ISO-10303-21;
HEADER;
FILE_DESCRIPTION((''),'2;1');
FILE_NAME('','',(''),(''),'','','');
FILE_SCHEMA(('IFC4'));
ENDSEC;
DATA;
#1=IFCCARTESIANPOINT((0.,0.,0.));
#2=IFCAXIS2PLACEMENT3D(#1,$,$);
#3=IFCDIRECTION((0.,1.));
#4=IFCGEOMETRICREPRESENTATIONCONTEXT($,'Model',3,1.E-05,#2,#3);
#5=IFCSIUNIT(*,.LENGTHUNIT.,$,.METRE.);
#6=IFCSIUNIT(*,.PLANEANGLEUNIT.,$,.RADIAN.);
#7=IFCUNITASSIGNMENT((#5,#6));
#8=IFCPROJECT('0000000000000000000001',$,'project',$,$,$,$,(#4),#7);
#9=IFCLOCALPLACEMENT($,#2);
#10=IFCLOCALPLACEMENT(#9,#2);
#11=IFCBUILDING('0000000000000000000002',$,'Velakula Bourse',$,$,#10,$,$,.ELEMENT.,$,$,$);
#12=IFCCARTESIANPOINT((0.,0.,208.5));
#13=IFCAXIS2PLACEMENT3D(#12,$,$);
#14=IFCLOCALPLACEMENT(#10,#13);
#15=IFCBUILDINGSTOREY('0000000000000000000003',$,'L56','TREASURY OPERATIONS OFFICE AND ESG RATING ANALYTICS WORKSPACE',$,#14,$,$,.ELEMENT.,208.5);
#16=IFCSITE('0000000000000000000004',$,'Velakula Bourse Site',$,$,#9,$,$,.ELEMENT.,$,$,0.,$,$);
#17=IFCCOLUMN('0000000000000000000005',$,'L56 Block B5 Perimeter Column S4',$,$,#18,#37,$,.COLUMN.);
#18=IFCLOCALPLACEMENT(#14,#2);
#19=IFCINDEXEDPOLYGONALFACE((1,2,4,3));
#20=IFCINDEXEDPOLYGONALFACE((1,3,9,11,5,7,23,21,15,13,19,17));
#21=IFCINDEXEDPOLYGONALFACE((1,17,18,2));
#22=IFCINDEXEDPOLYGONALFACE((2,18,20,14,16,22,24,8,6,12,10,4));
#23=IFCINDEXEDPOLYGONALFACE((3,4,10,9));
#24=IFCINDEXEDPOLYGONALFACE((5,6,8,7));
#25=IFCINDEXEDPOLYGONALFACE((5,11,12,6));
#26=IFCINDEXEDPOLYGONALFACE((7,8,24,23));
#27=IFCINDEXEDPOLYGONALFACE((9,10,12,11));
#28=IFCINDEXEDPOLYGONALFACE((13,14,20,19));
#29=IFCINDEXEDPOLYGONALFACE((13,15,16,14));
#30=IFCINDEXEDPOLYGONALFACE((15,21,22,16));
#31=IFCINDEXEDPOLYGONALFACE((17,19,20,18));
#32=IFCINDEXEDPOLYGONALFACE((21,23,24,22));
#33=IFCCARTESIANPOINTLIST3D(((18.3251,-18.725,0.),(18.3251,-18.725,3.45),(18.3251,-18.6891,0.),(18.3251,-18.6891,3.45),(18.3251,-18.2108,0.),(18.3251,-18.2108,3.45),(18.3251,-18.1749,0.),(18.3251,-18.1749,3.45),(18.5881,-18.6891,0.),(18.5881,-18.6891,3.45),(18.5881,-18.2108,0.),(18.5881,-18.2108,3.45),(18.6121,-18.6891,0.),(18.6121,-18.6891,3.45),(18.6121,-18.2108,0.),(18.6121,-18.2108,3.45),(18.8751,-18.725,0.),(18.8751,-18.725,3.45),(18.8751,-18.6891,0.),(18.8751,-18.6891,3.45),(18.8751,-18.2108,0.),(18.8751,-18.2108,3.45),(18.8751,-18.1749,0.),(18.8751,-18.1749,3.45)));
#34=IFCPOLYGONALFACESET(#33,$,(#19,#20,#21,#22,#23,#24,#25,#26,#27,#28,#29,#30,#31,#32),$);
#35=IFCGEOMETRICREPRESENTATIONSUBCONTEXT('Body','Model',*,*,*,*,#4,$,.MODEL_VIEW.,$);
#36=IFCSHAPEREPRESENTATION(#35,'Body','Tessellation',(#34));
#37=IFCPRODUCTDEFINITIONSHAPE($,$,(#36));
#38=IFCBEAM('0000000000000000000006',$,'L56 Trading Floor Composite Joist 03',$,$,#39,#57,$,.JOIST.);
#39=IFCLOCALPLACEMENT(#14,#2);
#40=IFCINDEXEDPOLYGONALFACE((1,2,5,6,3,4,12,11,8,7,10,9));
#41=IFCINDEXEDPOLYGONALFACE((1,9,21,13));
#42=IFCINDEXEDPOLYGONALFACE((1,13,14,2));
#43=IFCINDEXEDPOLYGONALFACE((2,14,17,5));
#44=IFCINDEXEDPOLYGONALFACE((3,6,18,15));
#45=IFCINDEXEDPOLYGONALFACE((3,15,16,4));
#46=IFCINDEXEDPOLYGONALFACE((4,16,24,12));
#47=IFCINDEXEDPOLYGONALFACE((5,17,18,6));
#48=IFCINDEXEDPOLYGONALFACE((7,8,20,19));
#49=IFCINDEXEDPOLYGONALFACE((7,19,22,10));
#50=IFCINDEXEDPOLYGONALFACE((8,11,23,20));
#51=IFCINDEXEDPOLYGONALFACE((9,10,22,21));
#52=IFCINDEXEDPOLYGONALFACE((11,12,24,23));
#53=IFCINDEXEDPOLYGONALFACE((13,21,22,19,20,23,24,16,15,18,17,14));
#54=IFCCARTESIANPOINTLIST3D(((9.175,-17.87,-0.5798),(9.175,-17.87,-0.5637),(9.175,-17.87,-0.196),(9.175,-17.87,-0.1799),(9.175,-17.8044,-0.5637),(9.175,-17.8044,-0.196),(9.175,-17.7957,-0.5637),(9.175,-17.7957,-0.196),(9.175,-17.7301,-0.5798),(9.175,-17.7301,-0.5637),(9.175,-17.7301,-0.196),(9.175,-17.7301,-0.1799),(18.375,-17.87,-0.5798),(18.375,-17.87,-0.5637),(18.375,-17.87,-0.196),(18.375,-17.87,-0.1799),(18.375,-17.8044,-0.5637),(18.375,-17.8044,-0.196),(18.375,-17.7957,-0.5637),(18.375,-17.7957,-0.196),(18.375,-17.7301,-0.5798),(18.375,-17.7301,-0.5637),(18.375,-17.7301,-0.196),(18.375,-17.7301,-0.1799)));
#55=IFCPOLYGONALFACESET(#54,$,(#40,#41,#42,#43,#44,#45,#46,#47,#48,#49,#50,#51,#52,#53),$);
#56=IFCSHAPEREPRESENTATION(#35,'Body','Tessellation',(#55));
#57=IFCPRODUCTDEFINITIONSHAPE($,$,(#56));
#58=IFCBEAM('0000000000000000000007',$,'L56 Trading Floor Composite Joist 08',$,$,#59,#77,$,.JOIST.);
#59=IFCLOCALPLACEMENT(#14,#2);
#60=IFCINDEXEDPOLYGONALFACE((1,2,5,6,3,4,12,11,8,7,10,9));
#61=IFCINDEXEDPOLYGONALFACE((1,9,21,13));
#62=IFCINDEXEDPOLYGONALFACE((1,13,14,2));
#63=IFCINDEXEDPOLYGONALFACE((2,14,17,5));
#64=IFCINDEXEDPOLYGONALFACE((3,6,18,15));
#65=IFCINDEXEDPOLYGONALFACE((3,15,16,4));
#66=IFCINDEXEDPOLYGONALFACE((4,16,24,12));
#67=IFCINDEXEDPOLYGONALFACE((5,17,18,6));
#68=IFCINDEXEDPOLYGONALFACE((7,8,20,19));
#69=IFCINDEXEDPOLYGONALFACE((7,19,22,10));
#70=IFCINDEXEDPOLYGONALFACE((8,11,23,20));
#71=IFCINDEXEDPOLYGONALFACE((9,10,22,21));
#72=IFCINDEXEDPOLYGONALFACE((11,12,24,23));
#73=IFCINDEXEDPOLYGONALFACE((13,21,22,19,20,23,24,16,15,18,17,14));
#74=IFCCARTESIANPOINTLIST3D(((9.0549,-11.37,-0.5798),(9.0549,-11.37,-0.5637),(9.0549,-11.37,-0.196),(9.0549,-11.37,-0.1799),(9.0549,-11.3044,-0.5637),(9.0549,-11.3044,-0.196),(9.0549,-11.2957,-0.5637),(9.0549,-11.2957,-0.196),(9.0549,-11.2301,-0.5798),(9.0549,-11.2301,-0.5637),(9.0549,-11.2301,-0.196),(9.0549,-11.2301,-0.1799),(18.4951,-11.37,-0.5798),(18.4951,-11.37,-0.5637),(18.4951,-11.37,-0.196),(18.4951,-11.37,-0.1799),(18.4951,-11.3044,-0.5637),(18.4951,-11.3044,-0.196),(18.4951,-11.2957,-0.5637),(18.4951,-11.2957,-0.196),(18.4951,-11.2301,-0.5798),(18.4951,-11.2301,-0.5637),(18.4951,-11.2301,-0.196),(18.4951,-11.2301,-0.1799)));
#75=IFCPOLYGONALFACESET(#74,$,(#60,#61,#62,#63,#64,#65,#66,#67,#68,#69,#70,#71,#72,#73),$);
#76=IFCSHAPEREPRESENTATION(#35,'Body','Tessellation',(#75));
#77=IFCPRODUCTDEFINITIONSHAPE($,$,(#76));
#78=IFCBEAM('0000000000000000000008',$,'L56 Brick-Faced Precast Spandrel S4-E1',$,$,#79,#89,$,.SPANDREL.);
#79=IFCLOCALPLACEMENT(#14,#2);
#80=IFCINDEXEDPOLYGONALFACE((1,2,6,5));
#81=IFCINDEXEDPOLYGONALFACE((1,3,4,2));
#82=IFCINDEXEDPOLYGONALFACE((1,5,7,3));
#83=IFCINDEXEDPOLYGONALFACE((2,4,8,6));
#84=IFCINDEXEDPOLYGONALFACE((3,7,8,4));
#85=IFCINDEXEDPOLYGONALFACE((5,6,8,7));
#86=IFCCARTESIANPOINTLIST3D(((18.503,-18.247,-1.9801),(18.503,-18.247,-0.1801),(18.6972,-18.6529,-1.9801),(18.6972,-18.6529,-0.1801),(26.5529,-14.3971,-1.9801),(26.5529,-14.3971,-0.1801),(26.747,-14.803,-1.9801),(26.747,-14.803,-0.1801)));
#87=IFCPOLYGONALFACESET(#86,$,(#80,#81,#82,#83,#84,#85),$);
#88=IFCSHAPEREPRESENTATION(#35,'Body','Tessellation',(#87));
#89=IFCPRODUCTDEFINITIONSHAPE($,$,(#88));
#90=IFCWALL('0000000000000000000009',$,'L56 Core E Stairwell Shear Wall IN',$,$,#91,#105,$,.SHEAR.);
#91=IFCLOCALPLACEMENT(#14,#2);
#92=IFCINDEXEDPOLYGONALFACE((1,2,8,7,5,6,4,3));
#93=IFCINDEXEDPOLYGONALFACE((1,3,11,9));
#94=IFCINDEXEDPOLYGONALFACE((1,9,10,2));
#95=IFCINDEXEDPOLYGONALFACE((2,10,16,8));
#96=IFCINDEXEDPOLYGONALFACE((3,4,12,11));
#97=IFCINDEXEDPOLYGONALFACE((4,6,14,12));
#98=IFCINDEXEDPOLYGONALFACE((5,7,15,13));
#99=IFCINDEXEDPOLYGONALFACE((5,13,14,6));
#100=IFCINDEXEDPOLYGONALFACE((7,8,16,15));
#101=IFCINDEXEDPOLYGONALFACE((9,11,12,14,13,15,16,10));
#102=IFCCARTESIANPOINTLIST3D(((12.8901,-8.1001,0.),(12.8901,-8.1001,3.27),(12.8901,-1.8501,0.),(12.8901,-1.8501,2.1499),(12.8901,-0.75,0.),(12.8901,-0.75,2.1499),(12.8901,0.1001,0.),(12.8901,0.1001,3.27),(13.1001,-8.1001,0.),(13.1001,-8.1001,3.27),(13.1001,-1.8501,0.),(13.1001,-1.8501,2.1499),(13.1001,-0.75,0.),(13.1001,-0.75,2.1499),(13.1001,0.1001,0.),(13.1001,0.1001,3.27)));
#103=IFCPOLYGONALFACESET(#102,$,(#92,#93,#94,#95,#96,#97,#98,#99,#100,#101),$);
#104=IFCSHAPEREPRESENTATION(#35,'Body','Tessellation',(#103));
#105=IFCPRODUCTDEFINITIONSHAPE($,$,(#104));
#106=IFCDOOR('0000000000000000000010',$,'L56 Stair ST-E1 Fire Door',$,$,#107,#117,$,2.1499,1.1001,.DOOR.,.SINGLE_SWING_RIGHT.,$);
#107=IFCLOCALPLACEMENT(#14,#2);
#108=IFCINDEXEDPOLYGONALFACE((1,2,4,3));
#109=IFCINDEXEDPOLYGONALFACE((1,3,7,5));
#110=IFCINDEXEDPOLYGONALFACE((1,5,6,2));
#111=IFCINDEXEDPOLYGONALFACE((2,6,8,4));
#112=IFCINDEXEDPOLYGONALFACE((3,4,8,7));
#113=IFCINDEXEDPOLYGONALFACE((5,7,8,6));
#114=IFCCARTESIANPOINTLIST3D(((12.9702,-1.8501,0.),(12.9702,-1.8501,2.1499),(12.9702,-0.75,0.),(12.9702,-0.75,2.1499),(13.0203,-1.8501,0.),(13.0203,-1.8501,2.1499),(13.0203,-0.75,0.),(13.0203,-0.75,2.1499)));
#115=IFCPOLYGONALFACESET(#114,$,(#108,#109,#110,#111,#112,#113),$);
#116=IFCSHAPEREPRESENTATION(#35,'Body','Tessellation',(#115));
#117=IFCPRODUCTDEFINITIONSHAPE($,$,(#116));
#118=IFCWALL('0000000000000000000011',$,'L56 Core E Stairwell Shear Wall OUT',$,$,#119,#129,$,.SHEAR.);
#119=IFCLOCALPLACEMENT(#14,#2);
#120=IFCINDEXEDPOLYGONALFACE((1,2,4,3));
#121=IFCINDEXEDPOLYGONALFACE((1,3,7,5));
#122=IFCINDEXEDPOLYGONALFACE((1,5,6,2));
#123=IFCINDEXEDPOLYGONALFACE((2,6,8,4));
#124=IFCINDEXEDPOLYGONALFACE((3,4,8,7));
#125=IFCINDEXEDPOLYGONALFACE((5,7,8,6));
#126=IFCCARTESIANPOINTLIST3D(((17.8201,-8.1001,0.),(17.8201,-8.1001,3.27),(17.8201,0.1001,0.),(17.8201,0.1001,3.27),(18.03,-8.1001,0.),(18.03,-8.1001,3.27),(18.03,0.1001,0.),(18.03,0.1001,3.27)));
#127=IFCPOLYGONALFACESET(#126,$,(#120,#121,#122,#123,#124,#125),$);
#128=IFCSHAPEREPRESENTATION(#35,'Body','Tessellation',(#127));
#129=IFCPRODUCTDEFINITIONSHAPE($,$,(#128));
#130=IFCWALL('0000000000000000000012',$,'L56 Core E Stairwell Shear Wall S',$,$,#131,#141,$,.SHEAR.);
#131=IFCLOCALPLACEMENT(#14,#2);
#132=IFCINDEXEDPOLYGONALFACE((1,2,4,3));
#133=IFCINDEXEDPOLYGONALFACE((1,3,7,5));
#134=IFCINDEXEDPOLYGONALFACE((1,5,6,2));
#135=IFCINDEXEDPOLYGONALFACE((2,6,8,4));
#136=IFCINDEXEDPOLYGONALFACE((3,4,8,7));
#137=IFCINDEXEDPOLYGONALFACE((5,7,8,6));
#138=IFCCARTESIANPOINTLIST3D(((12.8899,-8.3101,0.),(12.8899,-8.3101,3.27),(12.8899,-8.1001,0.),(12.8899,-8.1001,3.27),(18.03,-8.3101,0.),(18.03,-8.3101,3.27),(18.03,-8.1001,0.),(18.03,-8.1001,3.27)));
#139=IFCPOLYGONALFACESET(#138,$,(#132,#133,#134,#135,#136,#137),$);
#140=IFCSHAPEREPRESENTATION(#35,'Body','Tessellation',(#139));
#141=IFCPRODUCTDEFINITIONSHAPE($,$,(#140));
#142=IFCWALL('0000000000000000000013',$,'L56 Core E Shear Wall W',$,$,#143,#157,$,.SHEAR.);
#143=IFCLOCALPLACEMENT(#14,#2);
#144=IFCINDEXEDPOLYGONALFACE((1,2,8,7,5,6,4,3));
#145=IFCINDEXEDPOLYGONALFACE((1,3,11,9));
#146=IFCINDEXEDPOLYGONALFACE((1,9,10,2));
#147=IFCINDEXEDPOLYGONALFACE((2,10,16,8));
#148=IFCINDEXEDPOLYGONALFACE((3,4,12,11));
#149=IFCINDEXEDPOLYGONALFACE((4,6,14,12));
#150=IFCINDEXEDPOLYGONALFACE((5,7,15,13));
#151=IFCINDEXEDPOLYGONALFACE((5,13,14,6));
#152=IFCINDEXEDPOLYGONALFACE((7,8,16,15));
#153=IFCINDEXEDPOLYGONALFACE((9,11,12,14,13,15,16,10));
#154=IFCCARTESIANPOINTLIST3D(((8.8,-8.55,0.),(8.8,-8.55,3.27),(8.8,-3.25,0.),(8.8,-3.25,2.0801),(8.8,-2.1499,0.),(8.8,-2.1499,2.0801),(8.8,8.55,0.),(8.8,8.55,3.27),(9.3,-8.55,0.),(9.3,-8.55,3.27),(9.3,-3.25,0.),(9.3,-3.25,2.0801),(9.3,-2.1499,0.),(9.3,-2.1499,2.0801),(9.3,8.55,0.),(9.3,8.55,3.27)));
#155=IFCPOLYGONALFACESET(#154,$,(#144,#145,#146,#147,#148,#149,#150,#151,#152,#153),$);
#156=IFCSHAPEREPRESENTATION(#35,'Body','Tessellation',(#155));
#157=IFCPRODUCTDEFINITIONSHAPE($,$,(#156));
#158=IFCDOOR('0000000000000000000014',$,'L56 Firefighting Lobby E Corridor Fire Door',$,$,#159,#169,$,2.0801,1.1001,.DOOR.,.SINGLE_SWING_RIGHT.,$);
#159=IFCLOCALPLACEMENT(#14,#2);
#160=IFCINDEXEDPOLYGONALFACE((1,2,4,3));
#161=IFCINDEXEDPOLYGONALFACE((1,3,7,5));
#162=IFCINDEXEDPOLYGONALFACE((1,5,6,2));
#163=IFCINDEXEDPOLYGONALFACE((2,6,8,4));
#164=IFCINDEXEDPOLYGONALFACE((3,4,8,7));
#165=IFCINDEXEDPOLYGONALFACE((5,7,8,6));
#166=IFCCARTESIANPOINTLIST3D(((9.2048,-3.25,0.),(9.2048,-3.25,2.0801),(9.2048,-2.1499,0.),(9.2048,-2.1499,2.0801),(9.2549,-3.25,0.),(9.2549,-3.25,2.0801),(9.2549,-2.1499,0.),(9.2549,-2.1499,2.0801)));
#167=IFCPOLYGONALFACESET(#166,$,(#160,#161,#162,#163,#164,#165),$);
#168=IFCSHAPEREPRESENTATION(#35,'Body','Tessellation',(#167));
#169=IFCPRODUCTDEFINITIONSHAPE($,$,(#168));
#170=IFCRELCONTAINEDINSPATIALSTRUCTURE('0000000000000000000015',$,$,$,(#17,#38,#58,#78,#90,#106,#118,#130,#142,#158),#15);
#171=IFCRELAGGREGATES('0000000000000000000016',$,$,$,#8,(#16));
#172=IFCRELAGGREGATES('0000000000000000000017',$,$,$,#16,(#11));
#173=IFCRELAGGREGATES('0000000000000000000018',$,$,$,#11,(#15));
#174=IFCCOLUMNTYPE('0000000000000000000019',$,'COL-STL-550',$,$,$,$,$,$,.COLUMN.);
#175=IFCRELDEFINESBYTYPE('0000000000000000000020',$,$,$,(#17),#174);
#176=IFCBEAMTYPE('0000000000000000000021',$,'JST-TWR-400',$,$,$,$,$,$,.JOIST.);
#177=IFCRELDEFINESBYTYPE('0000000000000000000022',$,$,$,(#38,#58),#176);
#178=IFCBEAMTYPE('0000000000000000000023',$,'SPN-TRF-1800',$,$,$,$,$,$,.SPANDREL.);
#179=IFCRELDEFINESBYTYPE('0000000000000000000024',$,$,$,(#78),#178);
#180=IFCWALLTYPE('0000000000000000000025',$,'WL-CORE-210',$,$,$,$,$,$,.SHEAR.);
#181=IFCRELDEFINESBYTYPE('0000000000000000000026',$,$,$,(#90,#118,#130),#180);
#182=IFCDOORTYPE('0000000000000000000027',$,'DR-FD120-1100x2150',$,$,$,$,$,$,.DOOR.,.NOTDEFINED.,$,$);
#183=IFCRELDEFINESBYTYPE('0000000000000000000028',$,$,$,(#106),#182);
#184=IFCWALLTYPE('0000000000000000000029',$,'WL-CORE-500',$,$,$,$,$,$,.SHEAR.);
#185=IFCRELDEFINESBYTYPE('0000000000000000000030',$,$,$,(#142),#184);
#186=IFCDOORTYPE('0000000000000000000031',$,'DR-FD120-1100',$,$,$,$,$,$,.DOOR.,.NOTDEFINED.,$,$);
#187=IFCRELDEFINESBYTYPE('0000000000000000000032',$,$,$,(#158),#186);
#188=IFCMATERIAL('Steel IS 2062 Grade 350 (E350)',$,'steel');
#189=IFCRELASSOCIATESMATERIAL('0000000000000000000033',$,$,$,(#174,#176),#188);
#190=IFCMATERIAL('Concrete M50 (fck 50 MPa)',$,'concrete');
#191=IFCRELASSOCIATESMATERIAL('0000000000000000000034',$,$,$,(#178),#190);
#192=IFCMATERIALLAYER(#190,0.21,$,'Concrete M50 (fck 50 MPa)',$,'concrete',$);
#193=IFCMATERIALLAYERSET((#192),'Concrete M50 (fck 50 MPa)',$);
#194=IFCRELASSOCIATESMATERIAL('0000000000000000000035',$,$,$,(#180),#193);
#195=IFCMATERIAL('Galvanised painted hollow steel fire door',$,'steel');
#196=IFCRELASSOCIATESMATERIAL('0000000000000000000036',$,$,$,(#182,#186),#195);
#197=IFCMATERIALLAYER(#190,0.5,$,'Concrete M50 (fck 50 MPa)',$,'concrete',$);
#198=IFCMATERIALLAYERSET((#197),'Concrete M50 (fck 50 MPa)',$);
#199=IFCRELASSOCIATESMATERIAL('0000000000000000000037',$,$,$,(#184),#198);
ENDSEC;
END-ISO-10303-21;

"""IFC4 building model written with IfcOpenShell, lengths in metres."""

from ifc_helpers import new_model, si_unit, direction, frame, frame_2d, origin, origin_2d, place, context, subcontext, project, spatial, rectangle, i_section, extrude, material, layer, layer_set, material_profile, profile_set, type_object, element, fill, save


model = new_model("IFC4")

# Units and contexts
model_context = context("Model", 3, precision=1e-05, world=origin(), true_north=direction((0.0, 1.0)))
body_context = subcontext(model_context, "Body", "Model", "MODEL_VIEW")
ifc_project = project(units=[si_unit("LENGTHUNIT", "METRE"), si_unit("PLANEANGLEUNIT", "RADIAN")], contexts=[model_context])

# Site, building, storey
site_placement = place(None, origin())
site = spatial("IfcSite", under=ifc_project, at=site_placement, Name="Velakula Bourse Site", CompositionType="ELEMENT", RefElevation=0.0)
building_placement = place(site_placement, origin())
building = spatial("IfcBuilding", under=site, at=building_placement, Name="Velakula Bourse", CompositionType="ELEMENT")
storey_placement = place(building_placement, frame((0.0, 0.0, 208.5)))
storey = spatial("IfcBuildingStorey", under=building, at=storey_placement, Name="L56", Description="TREASURY OPERATIONS OFFICE AND ESG RATING ANALYTICS WORKSPACE", CompositionType="ELEMENT", Elevation=208.5)

# Column
ifc_material_1 = material(Name="Steel IS 2062 Grade 350 (E350)", Category="steel")
ifc_material_profile_1 = material_profile(ifc_material_1, i_section(OverallWidth=0.55, OverallDepth=0.55, WebThickness=0.0239, FlangeThickness=0.0359, at=origin_2d()), Name="Steel IS 2062 Grade 350 (E350)")
ifc_profile_set_1 = profile_set([ifc_material_profile_1], Name="Steel IS 2062 Grade 350 (E350)")
column_type = type_object("IfcColumnType", Name="COL-STL-550", PredefinedType="COLUMN", material=ifc_profile_set_1)
column_placement = place(storey_placement, frame((18.6001, -18.45, 0.0), z_axis=(0.0, 0.0, 1.0), x_axis=(1.0, 0.0, 0.0)))
element("IfcColumn", 1, at=column_placement, inside=storey, type_object=column_type, Name="L56 Block B5 Perimeter Column S4", PredefinedType="COLUMN", context=body_context, shape_type="SweptSolid", body=[
    extrude(i_section(OverallWidth=0.55, OverallDepth=0.55, WebThickness=0.0239, FlangeThickness=0.0359, at=origin_2d()), origin(), (0.0, 0.0, 1.0), 3.45),
])

# Beams
ifc_material_profile_2 = material_profile(ifc_material_1, i_section(OverallWidth=0.1399, OverallDepth=0.3999, WebThickness=0.0088, FlangeThickness=0.0161, at=origin_2d()), Name="Steel IS 2062 Grade 350 (E350)")
ifc_profile_set_2 = profile_set([ifc_material_profile_2], Name="Steel IS 2062 Grade 350 (E350)")
beam_type_1 = type_object("IfcBeamType", Name="JST-TWR-400", PredefinedType="JOIST", material=ifc_profile_set_2)
beam_1_placement = place(storey_placement, frame((9.175, -17.8, -0.3799), z_axis=(1.0, 0.0, 0.0), x_axis=(0.0, 1.0, 0.0)))
element("IfcBeam", 2, at=beam_1_placement, inside=storey, type_object=beam_type_1, Name="L56 Trading Floor Composite Joist 03", PredefinedType="JOIST", context=body_context, shape_type="SweptSolid", body=[
    extrude(i_section(OverallWidth=0.1399, OverallDepth=0.3999, WebThickness=0.0088, FlangeThickness=0.0161, at=origin_2d()), origin(), (0.0, 0.0, 1.0), 9.2),
])
beam_2_placement = place(storey_placement, frame((9.0549, -11.3, -0.3799), z_axis=(1.0, 0.0, 0.0), x_axis=(0.0, 1.0, 0.0)))
element("IfcBeam", 3, at=beam_2_placement, inside=storey, type_object=beam_type_1, Name="L56 Trading Floor Composite Joist 08", PredefinedType="JOIST", context=body_context, shape_type="SweptSolid", body=[
    extrude(i_section(OverallWidth=0.1399, OverallDepth=0.3999, WebThickness=0.0088, FlangeThickness=0.0161, at=origin_2d()), origin(), (0.0, 0.0, 1.0), 9.4402),
])
ifc_material_2 = material(Name="Concrete M50 (fck 50 MPa)", Category="concrete")
ifc_material_profile_3 = material_profile(ifc_material_2, rectangle(XDim=0.45, YDim=1.8, at=origin_2d()), Name="Concrete M50 (fck 50 MPa)")
ifc_profile_set_3 = profile_set([ifc_material_profile_3], Name="Concrete M50 (fck 50 MPa)")
beam_type_2 = type_object("IfcBeamType", Name="SPN-TRF-1800", PredefinedType="SPANDREL", material=ifc_profile_set_3)
beam_3_placement = place(storey_placement, frame((18.6001, -18.45, -1.0801), z_axis=(0.902137, 0.431451, 0.0), x_axis=(-0.431451, 0.902137, 0.0)))
element("IfcBeam", 4, at=beam_3_placement, inside=storey, type_object=beam_type_2, Name="L56 Brick-Faced Precast Spandrel S4-E1", PredefinedType="SPANDREL", context=body_context, shape_type="SweptSolid", body=[
    extrude(rectangle(XDim=0.45, YDim=1.8, at=origin_2d()), origin(), (0.0, 0.0, 1.0), 8.9231),
])

# Wall, opening, door
ifc_layer_1 = layer(ifc_material_2, 0.21, Name="Concrete M50 (fck 50 MPa)", Category="concrete")
ifc_layer_set_1 = layer_set([ifc_layer_1], Name="Concrete M50 (fck 50 MPa)")
wall_type_1 = type_object("IfcWallType", Name="WL-CORE-210", PredefinedType="SHEAR", material=ifc_layer_set_1)
wall_1_placement = place(storey_placement, frame((12.9951, -8.1001, 0.0), z_axis=(0.0, 0.0, 1.0), x_axis=(0.0, 1.0, 0.0)))
wall_1 = element("IfcWall", 5, at=wall_1_placement, inside=storey, type_object=wall_type_1, Name="L56 Core E Stairwell Shear Wall IN", PredefinedType="SHEAR", context=body_context, shape_type="SweptSolid", body=[
    extrude(rectangle(XDim=8.2002, YDim=0.21, at=frame_2d((4.1001, 0.0))), origin(), (0.0, 0.0, 1.0), 3.27),
])
opening_1_placement = place(wall_1_placement, frame((6.25, 0.0, 0.0)))
opening_1 = element("IfcOpeningElement", 6, at=opening_1_placement, cuts=wall_1, PredefinedType="OPENING", context=body_context, shape_type="SweptSolid", body=[
    extrude(rectangle(XDim=1.1001, YDim=2.1499, at=frame_2d((0.55, 1.075))), frame((0.0, 0.115, 0.0), z_axis=(0.0, -1.0, 0.0), x_axis=(1.0, 0.0, 0.0)), (0.0, 0.0, 1.0), 0.23),
])
ifc_material_3 = material(Name="Galvanised painted hollow steel fire door", Category="steel")
door_type_1 = type_object("IfcDoorType", Name="DR-FD120-1100x2150", OperationType="NOTDEFINED", PredefinedType="DOOR", material=ifc_material_3)
door_1_placement = place(opening_1_placement, origin())
door_1 = element("IfcDoor", 7, at=door_1_placement, inside=storey, type_object=door_type_1, Name="L56 Stair ST-E1 Fire Door", OperationType="SINGLE_SWING_RIGHT", OverallHeight=2.1499, OverallWidth=1.1001, PredefinedType="DOOR", context=body_context, shape_type="SweptSolid", body=[
    extrude(rectangle(XDim=1.1001, YDim=2.1499, at=frame_2d((0.55, 1.075))), frame((0.0, 0.0249, 0.0), z_axis=(0.0, -1.0, 0.0), x_axis=(1.0, 0.0, 0.0)), (0.0, 0.0, 1.0), 0.05),
])
fill(opening_1, door_1)

# Walls
wall_2_placement = place(storey_placement, frame((17.925, -8.1001, 0.0), z_axis=(0.0, 0.0, 1.0), x_axis=(0.0, 1.0, 0.0)))
element("IfcWall", 8, at=wall_2_placement, inside=storey, type_object=wall_type_1, Name="L56 Core E Stairwell Shear Wall OUT", PredefinedType="SHEAR", context=body_context, shape_type="SweptSolid", body=[
    extrude(rectangle(XDim=8.2002, YDim=0.21, at=frame_2d((4.1001, 0.0))), origin(), (0.0, 0.0, 1.0), 3.27),
])
wall_3_placement = place(storey_placement, frame((12.8899, -8.2051, 0.0), z_axis=(0.0, 0.0, 1.0), x_axis=(1.0, 0.0, 0.0)))
element("IfcWall", 9, at=wall_3_placement, inside=storey, type_object=wall_type_1, Name="L56 Core E Stairwell Shear Wall S", PredefinedType="SHEAR", context=body_context, shape_type="SweptSolid", body=[
    extrude(rectangle(XDim=5.1401, YDim=0.21, at=frame_2d((2.5701, 0.0))), origin(), (0.0, 0.0, 1.0), 3.27),
])

# Wall, opening, door
ifc_layer_2 = layer(ifc_material_2, 0.5, Name="Concrete M50 (fck 50 MPa)", Category="concrete")
ifc_layer_set_2 = layer_set([ifc_layer_2], Name="Concrete M50 (fck 50 MPa)")
wall_type_2 = type_object("IfcWallType", Name="WL-CORE-500", PredefinedType="SHEAR", material=ifc_layer_set_2)
wall_4_placement = place(storey_placement, frame((9.05, -8.55, 0.0), z_axis=(0.0, 0.0, 1.0), x_axis=(0.0, 1.0, 0.0)))
wall_4 = element("IfcWall", 10, at=wall_4_placement, inside=storey, type_object=wall_type_2, Name="L56 Core E Shear Wall W", PredefinedType="SHEAR", context=body_context, shape_type="SweptSolid", body=[
    extrude(rectangle(XDim=17.1001, YDim=0.5, at=frame_2d((8.55, 0.0))), origin(), (0.0, 0.0, 1.0), 3.27),
])
opening_2_placement = place(wall_4_placement, frame((5.3, 0.0, 0.0)))
opening_2 = element("IfcOpeningElement", 11, at=opening_2_placement, cuts=wall_4, PredefinedType="OPENING", context=body_context, shape_type="SweptSolid", body=[
    extrude(rectangle(XDim=1.1001, YDim=2.0801, at=frame_2d((0.55, 1.04))), frame((0.0, 0.26, 0.0), z_axis=(0.0, -1.0, 0.0), x_axis=(1.0, 0.0, 0.0)), (0.0, 0.0, 1.0), 0.52),
])
door_type_2 = type_object("IfcDoorType", Name="DR-FD120-1100", OperationType="NOTDEFINED", PredefinedType="DOOR", material=ifc_material_3)
door_2_placement = place(opening_2_placement, origin())
door_2 = element("IfcDoor", 12, at=door_2_placement, inside=storey, type_object=door_type_2, Name="L56 Firefighting Lobby E Corridor Fire Door", OperationType="SINGLE_SWING_RIGHT", OverallHeight=2.0801, OverallWidth=1.1001, PredefinedType="DOOR", context=body_context, shape_type="SweptSolid", body=[
    extrude(rectangle(XDim=1.1001, YDim=2.0801, at=frame_2d((0.55, 1.04))), frame((0.0, -0.1548, 0.0), z_axis=(0.0, -1.0, 0.0), x_axis=(1.0, 0.0, 0.0)), (0.0, 0.0, 1.0), 0.05),
])
fill(opening_2, door_2)

save(model, "model.ifc")
